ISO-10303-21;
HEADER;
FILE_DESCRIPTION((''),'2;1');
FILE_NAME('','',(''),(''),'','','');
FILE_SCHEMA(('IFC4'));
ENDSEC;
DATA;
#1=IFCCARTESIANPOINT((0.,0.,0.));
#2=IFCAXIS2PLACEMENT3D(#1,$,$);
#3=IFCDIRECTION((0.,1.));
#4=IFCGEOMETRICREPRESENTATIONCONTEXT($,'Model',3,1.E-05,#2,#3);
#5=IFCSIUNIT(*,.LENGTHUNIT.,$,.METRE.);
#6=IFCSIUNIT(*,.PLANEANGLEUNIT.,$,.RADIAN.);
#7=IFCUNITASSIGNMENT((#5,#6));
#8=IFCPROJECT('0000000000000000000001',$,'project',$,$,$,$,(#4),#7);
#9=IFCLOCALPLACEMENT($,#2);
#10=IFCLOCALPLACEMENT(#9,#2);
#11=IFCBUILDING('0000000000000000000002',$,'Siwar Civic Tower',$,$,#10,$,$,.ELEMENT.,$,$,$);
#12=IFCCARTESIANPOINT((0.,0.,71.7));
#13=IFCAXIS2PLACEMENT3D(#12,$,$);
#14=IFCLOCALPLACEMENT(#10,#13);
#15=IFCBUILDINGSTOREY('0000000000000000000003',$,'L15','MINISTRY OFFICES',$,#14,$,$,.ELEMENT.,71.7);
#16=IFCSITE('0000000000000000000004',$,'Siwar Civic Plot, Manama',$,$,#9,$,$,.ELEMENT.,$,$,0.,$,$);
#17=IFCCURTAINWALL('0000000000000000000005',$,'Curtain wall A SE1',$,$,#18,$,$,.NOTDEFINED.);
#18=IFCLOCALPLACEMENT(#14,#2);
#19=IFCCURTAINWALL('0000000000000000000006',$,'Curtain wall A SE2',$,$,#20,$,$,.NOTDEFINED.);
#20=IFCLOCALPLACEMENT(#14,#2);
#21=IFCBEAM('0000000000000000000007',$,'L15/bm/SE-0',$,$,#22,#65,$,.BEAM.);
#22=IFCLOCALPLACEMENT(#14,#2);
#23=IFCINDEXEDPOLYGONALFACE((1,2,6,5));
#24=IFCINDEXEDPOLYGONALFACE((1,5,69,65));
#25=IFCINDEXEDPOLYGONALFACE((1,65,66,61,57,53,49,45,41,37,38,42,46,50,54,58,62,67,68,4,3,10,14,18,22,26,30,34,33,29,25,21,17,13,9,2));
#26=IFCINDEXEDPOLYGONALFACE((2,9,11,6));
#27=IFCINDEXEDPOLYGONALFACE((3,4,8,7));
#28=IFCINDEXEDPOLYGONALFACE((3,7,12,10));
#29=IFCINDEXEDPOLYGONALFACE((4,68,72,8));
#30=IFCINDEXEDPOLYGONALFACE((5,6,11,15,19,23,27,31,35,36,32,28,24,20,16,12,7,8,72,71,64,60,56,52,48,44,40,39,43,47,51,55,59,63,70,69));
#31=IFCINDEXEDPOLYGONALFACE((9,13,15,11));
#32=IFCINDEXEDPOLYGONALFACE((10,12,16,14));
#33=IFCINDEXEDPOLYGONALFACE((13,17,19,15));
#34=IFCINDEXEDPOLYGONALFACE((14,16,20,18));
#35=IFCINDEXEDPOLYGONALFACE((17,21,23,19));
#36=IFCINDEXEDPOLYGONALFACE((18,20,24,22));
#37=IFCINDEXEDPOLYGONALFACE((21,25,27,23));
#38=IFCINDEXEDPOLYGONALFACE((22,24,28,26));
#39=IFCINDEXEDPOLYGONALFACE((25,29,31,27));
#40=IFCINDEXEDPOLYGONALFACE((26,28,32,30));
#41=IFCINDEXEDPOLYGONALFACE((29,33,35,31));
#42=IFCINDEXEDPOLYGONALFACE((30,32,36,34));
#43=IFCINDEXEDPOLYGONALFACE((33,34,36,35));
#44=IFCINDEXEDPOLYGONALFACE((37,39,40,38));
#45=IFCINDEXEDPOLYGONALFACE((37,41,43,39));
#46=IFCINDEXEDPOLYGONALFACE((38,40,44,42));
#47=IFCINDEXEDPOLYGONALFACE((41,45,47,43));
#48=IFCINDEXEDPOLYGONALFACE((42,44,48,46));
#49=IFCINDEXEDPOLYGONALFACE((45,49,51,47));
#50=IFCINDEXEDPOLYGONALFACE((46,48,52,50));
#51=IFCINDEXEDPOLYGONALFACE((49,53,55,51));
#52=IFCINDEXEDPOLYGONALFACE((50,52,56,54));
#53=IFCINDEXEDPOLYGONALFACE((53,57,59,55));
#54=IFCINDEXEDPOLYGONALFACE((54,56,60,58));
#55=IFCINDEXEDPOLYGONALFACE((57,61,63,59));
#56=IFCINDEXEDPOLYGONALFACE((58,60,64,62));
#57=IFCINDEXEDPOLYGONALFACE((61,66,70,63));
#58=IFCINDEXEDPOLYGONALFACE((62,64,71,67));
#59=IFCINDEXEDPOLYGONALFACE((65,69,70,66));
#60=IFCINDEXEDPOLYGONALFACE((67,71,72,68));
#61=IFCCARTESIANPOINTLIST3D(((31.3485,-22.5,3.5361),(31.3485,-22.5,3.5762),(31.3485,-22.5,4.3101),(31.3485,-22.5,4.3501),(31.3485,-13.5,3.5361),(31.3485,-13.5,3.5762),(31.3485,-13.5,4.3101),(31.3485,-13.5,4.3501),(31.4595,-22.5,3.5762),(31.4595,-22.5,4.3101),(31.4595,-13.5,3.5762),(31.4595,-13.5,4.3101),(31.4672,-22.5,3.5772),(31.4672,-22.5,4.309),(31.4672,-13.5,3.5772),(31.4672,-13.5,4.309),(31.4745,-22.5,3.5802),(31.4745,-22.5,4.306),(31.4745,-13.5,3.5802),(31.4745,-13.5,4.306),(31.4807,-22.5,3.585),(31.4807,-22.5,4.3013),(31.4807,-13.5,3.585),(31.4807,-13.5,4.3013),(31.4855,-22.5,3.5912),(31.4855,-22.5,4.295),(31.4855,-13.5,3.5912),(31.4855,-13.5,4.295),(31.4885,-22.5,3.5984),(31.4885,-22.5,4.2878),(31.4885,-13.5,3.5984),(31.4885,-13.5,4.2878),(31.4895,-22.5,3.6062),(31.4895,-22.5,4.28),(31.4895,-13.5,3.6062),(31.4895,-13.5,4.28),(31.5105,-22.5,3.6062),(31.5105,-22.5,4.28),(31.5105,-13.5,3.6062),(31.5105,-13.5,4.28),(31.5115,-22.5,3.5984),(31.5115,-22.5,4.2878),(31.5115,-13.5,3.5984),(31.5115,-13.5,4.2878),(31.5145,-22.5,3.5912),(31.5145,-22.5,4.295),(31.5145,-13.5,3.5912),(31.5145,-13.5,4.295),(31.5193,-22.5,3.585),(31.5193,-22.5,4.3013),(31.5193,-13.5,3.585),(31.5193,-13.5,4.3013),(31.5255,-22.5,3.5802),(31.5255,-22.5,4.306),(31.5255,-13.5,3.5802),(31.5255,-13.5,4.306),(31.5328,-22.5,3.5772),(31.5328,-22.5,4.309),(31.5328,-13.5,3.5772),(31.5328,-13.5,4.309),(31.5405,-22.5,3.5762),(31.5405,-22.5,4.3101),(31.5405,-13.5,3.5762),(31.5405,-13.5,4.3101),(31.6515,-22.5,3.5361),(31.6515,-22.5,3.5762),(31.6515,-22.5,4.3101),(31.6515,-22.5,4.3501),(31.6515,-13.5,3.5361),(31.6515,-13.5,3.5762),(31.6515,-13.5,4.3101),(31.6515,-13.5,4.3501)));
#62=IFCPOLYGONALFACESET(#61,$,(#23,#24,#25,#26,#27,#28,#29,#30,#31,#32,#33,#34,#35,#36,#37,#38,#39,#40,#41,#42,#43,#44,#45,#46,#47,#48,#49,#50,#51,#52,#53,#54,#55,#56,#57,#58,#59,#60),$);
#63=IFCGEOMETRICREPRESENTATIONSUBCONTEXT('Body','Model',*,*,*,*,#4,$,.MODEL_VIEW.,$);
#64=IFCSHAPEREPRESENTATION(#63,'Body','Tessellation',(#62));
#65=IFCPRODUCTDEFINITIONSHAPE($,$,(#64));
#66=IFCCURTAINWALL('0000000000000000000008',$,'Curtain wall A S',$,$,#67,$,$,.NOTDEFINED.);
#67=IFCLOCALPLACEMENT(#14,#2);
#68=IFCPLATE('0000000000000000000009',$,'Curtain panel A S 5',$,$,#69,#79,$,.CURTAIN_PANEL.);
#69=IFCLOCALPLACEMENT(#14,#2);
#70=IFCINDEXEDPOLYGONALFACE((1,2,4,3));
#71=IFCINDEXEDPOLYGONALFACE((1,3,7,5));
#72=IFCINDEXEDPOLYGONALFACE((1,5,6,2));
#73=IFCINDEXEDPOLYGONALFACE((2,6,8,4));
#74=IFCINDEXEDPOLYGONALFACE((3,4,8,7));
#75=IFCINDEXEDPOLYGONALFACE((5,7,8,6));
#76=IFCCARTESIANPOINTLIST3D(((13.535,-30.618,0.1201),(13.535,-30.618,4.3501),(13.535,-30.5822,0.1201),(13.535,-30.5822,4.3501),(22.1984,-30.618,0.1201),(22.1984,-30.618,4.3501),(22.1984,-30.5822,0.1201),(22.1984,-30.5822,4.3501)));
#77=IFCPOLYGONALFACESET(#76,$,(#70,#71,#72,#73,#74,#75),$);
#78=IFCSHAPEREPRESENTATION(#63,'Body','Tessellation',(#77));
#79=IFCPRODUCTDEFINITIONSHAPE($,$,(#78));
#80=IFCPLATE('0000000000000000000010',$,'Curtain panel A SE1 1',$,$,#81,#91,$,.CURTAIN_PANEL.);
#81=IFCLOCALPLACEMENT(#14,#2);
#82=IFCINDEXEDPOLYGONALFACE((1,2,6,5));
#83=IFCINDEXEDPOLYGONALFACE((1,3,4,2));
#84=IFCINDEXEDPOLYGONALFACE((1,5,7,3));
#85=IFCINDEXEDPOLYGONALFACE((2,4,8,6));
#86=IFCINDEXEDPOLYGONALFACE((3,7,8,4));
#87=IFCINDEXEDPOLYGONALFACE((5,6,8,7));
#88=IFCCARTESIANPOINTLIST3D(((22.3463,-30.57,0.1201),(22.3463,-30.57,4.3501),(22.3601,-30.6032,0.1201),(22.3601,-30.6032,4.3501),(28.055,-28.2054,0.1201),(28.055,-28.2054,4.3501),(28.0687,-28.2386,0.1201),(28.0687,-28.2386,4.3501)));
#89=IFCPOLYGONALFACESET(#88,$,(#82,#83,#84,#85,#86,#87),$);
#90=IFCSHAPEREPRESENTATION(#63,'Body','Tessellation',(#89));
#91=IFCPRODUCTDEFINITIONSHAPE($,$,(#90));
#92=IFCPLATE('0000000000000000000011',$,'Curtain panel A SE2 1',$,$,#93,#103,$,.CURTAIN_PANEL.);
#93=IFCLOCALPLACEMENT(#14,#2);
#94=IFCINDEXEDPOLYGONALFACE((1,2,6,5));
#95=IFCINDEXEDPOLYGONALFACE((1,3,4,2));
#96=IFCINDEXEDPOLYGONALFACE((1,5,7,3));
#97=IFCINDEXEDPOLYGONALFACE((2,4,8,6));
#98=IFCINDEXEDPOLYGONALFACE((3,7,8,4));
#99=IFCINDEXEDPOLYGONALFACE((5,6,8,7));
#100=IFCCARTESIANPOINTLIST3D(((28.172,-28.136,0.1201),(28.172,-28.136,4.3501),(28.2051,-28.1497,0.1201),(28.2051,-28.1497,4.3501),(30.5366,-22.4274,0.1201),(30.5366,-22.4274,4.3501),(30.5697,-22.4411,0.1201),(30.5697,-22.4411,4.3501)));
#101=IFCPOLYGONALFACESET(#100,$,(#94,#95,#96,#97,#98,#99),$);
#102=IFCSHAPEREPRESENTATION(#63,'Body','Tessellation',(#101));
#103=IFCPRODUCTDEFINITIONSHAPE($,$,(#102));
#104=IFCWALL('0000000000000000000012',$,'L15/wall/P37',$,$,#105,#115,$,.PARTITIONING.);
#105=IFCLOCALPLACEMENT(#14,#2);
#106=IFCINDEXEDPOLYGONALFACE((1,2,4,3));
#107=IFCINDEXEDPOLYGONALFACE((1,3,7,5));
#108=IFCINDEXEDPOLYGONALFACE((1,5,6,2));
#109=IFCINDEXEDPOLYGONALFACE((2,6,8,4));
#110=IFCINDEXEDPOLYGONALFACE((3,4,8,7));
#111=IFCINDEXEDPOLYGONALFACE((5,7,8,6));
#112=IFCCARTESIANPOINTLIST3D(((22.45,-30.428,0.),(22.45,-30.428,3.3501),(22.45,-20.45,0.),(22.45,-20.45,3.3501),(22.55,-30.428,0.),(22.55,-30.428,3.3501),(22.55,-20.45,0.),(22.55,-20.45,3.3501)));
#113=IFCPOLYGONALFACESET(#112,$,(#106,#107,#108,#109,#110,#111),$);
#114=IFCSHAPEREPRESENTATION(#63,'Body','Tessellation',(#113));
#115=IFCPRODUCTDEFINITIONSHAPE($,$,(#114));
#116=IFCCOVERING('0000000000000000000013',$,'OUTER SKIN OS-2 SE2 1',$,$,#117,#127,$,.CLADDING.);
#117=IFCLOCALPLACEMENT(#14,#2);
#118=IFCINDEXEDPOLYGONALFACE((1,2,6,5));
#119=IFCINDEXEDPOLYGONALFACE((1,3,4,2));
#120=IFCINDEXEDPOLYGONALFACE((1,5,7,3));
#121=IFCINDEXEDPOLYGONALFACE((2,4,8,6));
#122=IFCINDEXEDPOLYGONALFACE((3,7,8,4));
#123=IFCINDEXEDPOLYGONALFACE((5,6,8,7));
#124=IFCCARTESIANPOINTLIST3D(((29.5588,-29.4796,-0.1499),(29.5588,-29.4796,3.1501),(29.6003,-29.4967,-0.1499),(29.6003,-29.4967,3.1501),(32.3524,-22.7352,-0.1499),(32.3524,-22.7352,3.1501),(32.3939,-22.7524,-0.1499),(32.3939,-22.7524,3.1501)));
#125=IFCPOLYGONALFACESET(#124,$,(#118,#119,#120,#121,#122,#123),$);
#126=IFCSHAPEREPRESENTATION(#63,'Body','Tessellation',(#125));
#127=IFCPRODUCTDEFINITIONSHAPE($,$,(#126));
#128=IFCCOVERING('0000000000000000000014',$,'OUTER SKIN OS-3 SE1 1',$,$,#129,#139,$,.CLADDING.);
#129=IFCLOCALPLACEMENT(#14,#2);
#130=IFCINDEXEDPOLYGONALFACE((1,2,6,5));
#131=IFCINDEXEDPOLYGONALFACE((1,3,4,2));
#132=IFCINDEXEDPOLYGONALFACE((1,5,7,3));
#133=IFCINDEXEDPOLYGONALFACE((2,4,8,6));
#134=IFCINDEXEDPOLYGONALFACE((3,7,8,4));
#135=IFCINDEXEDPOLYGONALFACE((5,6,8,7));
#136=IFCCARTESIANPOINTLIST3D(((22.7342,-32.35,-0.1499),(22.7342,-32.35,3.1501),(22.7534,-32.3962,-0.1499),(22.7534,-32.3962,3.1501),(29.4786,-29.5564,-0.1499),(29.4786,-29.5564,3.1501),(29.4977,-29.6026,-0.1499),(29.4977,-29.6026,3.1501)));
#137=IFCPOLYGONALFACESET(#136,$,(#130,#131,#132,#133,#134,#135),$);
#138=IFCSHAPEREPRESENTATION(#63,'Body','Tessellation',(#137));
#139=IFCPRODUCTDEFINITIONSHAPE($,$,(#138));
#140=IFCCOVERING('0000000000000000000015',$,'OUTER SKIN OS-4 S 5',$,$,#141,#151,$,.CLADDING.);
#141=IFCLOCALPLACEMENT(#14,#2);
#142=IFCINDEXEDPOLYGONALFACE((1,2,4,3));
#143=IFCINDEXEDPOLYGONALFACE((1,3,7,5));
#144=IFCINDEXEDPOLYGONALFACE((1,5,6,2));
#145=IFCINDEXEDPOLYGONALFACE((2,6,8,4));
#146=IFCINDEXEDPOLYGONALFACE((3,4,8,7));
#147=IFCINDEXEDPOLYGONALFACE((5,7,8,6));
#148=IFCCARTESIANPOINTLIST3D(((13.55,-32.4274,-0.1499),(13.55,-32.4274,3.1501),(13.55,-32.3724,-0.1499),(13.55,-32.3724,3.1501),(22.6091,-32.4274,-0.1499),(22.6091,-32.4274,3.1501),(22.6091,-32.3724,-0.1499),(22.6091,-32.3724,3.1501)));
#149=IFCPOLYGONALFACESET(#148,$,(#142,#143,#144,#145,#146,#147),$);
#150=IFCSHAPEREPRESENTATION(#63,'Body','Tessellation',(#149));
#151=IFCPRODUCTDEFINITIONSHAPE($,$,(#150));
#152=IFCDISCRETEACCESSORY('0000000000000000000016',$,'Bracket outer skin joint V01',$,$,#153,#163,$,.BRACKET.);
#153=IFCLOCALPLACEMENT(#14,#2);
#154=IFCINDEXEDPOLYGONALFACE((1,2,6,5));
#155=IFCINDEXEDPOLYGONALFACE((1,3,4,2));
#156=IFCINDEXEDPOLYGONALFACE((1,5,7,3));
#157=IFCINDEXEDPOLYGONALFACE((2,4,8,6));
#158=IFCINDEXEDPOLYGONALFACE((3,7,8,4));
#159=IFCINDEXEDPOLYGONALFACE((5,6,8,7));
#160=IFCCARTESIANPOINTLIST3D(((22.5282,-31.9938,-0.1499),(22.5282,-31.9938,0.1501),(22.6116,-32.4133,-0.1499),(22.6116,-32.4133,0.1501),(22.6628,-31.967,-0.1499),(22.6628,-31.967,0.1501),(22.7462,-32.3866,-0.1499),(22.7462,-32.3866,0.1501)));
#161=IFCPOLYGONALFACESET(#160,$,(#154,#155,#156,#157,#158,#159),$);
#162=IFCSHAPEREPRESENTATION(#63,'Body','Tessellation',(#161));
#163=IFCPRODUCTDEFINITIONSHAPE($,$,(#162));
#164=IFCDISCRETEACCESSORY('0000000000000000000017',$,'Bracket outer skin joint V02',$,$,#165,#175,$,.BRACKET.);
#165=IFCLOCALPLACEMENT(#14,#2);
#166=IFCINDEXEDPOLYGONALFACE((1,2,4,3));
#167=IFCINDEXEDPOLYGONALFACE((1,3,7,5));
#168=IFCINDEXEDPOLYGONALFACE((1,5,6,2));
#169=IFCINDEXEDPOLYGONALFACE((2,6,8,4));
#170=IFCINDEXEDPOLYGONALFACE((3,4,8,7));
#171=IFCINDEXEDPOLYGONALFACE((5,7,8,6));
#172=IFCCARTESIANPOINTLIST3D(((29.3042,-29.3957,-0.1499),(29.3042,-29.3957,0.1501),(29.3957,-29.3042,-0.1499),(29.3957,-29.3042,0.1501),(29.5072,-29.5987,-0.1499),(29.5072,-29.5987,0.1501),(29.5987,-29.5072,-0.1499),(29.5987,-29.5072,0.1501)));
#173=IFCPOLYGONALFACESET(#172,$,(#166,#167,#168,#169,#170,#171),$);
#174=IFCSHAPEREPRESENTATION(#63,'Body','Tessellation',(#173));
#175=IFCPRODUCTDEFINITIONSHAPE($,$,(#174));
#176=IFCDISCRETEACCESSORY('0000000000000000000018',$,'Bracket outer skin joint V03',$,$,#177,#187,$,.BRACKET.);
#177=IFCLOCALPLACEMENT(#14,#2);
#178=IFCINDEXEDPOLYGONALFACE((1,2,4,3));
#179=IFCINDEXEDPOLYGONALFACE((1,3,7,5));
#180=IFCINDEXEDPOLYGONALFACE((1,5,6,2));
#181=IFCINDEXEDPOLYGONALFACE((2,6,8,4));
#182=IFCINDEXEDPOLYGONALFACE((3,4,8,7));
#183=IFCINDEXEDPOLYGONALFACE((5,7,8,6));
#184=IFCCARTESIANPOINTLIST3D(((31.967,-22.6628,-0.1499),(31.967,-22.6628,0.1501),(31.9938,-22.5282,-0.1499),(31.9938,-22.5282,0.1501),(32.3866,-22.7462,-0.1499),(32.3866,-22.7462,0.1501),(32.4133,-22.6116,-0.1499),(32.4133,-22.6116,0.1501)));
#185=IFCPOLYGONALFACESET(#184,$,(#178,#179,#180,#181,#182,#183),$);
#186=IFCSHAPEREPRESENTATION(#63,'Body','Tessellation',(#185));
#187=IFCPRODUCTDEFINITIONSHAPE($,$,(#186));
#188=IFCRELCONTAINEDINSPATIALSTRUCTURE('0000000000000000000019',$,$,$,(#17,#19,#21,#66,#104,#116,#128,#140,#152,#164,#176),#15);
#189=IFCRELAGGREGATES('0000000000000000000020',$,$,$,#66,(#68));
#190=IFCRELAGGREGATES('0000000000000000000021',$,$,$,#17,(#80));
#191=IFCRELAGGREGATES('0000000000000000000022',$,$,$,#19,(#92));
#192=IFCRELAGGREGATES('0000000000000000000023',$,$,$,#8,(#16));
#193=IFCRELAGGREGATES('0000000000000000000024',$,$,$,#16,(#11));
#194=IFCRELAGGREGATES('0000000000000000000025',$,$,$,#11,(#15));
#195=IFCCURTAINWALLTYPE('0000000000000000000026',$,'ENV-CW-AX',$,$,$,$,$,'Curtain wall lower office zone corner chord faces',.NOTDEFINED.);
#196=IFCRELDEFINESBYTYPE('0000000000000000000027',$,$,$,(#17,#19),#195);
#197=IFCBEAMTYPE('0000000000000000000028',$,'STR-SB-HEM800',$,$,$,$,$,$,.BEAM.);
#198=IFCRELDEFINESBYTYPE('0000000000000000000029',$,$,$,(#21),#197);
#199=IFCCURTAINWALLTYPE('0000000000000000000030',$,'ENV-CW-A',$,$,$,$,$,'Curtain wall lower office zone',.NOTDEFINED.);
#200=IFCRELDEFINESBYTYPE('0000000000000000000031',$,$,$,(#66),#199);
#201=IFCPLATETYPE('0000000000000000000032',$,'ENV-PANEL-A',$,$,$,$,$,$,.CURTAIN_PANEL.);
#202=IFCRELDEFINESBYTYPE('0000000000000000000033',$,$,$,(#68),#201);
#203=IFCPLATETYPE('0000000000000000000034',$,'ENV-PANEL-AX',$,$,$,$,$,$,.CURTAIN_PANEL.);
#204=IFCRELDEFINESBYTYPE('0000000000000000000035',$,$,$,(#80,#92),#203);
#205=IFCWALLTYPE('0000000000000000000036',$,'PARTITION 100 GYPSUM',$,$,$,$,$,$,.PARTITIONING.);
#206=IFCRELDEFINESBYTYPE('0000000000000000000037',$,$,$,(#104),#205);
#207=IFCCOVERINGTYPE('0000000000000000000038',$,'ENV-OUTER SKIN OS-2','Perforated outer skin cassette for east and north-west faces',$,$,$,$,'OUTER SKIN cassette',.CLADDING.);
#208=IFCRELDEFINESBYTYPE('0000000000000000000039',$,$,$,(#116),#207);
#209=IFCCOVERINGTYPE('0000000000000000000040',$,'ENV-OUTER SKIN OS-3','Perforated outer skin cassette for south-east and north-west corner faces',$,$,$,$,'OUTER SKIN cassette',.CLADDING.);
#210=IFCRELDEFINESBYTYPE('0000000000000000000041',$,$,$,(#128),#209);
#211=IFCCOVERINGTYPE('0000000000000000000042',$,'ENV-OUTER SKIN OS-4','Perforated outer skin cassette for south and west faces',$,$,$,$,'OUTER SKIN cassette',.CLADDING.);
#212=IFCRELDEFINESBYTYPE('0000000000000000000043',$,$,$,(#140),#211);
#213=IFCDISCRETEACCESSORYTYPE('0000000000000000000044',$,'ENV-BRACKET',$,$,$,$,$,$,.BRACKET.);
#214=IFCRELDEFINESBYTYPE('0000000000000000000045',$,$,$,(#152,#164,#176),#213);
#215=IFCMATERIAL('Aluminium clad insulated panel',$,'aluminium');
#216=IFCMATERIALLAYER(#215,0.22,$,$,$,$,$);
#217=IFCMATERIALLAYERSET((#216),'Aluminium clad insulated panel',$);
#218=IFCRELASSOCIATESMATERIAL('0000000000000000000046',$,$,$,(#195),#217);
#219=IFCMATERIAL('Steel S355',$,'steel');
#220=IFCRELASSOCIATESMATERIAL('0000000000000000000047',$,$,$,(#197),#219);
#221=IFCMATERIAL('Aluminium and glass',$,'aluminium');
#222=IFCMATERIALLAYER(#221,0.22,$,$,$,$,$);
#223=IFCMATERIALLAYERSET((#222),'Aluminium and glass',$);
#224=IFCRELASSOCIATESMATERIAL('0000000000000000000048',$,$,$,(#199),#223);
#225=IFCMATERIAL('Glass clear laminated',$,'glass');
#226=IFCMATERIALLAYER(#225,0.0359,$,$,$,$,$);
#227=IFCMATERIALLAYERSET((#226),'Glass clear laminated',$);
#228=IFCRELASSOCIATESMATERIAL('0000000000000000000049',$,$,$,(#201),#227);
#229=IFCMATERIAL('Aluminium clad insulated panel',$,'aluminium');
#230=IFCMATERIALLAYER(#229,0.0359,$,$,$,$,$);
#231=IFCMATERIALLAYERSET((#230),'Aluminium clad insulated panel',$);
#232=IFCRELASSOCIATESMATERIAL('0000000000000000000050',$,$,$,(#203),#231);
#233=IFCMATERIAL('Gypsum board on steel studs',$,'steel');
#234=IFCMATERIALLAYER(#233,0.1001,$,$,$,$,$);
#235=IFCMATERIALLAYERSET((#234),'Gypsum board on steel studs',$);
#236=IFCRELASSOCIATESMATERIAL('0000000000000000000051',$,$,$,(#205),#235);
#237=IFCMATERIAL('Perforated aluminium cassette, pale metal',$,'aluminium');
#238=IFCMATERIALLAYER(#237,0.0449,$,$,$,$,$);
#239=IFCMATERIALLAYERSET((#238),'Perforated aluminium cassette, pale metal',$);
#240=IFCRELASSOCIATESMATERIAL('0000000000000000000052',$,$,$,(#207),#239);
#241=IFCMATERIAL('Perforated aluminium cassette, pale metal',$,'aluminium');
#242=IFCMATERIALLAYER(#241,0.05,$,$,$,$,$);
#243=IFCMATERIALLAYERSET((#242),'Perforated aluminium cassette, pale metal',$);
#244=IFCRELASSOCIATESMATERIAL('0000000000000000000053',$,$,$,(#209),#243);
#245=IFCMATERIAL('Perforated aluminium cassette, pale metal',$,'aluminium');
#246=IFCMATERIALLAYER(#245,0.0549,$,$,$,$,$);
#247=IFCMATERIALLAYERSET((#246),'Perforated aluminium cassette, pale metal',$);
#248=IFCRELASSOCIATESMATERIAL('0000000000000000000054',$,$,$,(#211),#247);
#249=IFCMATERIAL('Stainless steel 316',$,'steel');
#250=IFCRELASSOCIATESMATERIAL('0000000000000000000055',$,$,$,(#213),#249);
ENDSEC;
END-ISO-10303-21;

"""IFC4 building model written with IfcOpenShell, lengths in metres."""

from ifc_helpers import new_model, si_unit, direction, frame, frame_2d, origin, origin_2d, place, context, subcontext, project, spatial, rectangle, i_section, extrude, material, layer, layer_set, material_profile, profile_set, type_object, element, aggregate, save


model = new_model("IFC4")

# Units and contexts
model_context = context("Model", 3, precision=1e-05, world=origin(), true_north=direction((0.0, 1.0)))
body_context = subcontext(model_context, "Body", "Model", "MODEL_VIEW")
ifc_project = project(units=[si_unit("LENGTHUNIT", "METRE"), si_unit("PLANEANGLEUNIT", "RADIAN")], contexts=[model_context])

# Site, building, storey
site_placement = place(None, origin())
site = spatial("IfcSite", under=ifc_project, at=site_placement, Name="Siwar Civic Plot, Manama", CompositionType="ELEMENT", RefElevation=0.0)
building_placement = place(site_placement, origin())
building = spatial("IfcBuilding", under=site, at=building_placement, Name="Siwar Civic Tower", CompositionType="ELEMENT")
storey_placement = place(building_placement, frame((0.0, 0.0, 71.7)))
storey = spatial("IfcBuildingStorey", under=building, at=storey_placement, Name="L15", Description="MINISTRY OFFICES", CompositionType="ELEMENT", Elevation=71.7)

# Curtain walls
ifc_material_1 = material(Name="Aluminium clad insulated panel", Category="aluminium")
ifc_layer_1 = layer(ifc_material_1, 0.22)
ifc_layer_set_1 = layer_set([ifc_layer_1], Name="Aluminium clad insulated panel")
curtain_wall_type_1 = type_object("IfcCurtainWallType", Name="ENV-CW-AX", ElementType="Curtain wall lower office zone corner chord faces", PredefinedType="NOTDEFINED", material=ifc_layer_set_1)
curtain_wall_1_placement = place(storey_placement, origin())
curtain_wall_1 = element("IfcCurtainWall", 1, at=curtain_wall_1_placement, inside=storey, type_object=curtain_wall_type_1, Name="Curtain wall A SE1", PredefinedType="NOTDEFINED")
curtain_wall_2_placement = place(storey_placement, origin())
curtain_wall_2 = element("IfcCurtainWall", 2, at=curtain_wall_2_placement, inside=storey, type_object=curtain_wall_type_1, Name="Curtain wall A SE2", PredefinedType="NOTDEFINED")

# Beam
ifc_material_2 = material(Name="Steel S355", Category="steel")
ifc_material_profile_1 = material_profile(ifc_material_2, i_section(OverallWidth=0.303, OverallDepth=0.814, WebThickness=0.021, FlangeThickness=0.04, FilletRadius=0.03, at=origin_2d()), Name="HEM800")
ifc_profile_set_1 = profile_set([ifc_material_profile_1], Name="Steel S355")
beam_type_1 = type_object("IfcBeamType", Name="STR-SB-HEM800", PredefinedType="BEAM", material=ifc_profile_set_1)
beam_1_placement = place(storey_placement, frame((31.5, -22.5, 3.9431), z_axis=(0.0, 1.0, 0.0), x_axis=(-1.0, 0.0, 0.0)))
element("IfcBeam", 3, at=beam_1_placement, inside=storey, type_object=beam_type_1, Name="L15/bm/SE-0", PredefinedType="BEAM", context=body_context, shape_type="SweptSolid", body=[
    extrude(i_section(OverallWidth=0.303, OverallDepth=0.814, WebThickness=0.021, FlangeThickness=0.04, FilletRadius=0.03, at=origin_2d()), origin(), (0.0, 0.0, 1.0), 9.0),
])

# Curtain wall, plate
ifc_material_3 = material(Name="Aluminium and glass", Category="aluminium")
ifc_layer_2 = layer(ifc_material_3, 0.22)
ifc_layer_set_2 = layer_set([ifc_layer_2], Name="Aluminium and glass")
curtain_wall_type_2 = type_object("IfcCurtainWallType", Name="ENV-CW-A", ElementType="Curtain wall lower office zone", PredefinedType="NOTDEFINED", material=ifc_layer_set_2)
curtain_wall_3_placement = place(storey_placement, origin())
curtain_wall_3 = element("IfcCurtainWall", 4, at=curtain_wall_3_placement, inside=storey, type_object=curtain_wall_type_2, Name="Curtain wall A S", PredefinedType="NOTDEFINED")
ifc_material_4 = material(Name="Glass clear laminated", Category="glass")
ifc_layer_3 = layer(ifc_material_4, 0.0359)
ifc_layer_set_3 = layer_set([ifc_layer_3], Name="Glass clear laminated")
plate_type_1 = type_object("IfcPlateType", Name="ENV-PANEL-A", PredefinedType="CURTAIN_PANEL", material=ifc_layer_set_3)
plate_1_placement = place(storey_placement, frame((17.8667, -30.6001, 0.1201), z_axis=(0.0, 0.0, 1.0), x_axis=(1.0, 0.0, 0.0)))
plate_1 = element("IfcPlate", 5, at=plate_1_placement, type_object=plate_type_1, Name="Curtain panel A S 5", PredefinedType="CURTAIN_PANEL", context=body_context, shape_type="SweptSolid", body=[
    extrude(rectangle(XDim=8.6633, YDim=0.0359, at=origin_2d()), origin(), (0.0, 0.0, 1.0), 4.23),
])
aggregate(curtain_wall_3, [plate_1])

# Plates
ifc_material_5 = material(Name="Aluminium clad insulated panel", Category="aluminium")
ifc_layer_4 = layer(ifc_material_5, 0.0359)
ifc_layer_set_4 = layer_set([ifc_layer_4], Name="Aluminium clad insulated panel")
plate_type_2 = type_object("IfcPlateType", Name="ENV-PANEL-AX", PredefinedType="CURTAIN_PANEL", material=ifc_layer_set_4)
plate_2_placement = place(storey_placement, frame((25.2075, -29.4043, 0.1201), z_axis=(0.0, 0.0, 1.0), x_axis=(0.92388, 0.382683, 0.0)))
plate_2 = element("IfcPlate", 6, at=plate_2_placement, type_object=plate_type_2, Name="Curtain panel A SE1 1", PredefinedType="CURTAIN_PANEL", context=body_context, shape_type="SweptSolid", body=[
    extrude(rectangle(XDim=6.179, YDim=0.0359, at=origin_2d()), origin(), (0.0, 0.0, 1.0), 4.23),
])
aggregate(curtain_wall_1, [plate_2])
plate_3_placement = place(storey_placement, frame((29.3708, -25.2886, 0.1201), z_axis=(0.0, 0.0, 1.0), x_axis=(0.382683, 0.92388, 0.0)))
plate_3 = element("IfcPlate", 7, at=plate_3_placement, type_object=plate_type_2, Name="Curtain panel A SE2 1", PredefinedType="CURTAIN_PANEL", context=body_context, shape_type="SweptSolid", body=[
    extrude(rectangle(XDim=6.179, YDim=0.0359, at=origin_2d()), origin(), (0.0, 0.0, 1.0), 4.23),
])
aggregate(curtain_wall_2, [plate_3])

# Wall
ifc_material_6 = material(Name="Gypsum board on steel studs", Category="steel")
ifc_layer_5 = layer(ifc_material_6, 0.1001)
ifc_layer_set_5 = layer_set([ifc_layer_5], Name="Gypsum board on steel studs")
wall_type = type_object("IfcWallType", Name="PARTITION 100 GYPSUM", PredefinedType="PARTITIONING", material=ifc_layer_set_5)
wall_placement = place(storey_placement, frame((22.5, -30.428, 0.0), z_axis=(0.0, 0.0, 1.0), x_axis=(0.0, 1.0, 0.0)))
element("IfcWall", 8, at=wall_placement, inside=storey, type_object=wall_type, Name="L15/wall/P37", PredefinedType="PARTITIONING", context=body_context, shape_type="SweptSolid", body=[
    extrude(rectangle(XDim=9.978, YDim=0.1001, at=frame_2d((4.989, 0.0))), origin(), (0.0, 0.0, 1.0), 3.3501),
])

# Coverings
ifc_material_7 = material(Name="Perforated aluminium cassette, pale metal", Category="aluminium")
ifc_layer_6 = layer(ifc_material_7, 0.0449)
ifc_layer_set_6 = layer_set([ifc_layer_6], Name="Perforated aluminium cassette, pale metal")
covering_type_1 = type_object("IfcCoveringType", Name="ENV-OUTER SKIN OS-2", Description="Perforated outer skin cassette for east and north-west faces", ElementType="OUTER SKIN cassette", PredefinedType="CLADDING", material=ifc_layer_set_6)
covering_1_placement = place(storey_placement, frame((30.9763, -26.116, -0.1499), z_axis=(0.0, 0.0, 1.0), x_axis=(0.382683, 0.92388, 0.0)))
element("IfcCovering", 9, at=covering_1_placement, inside=storey, type_object=covering_type_1, Name="OUTER SKIN OS-2 SE2 1", PredefinedType="CLADDING", context=body_context, shape_type="SweptSolid", body=[
    extrude(rectangle(XDim=7.3, YDim=0.0449, at=origin_2d()), origin(), (0.0, 0.0, 1.0), 3.3),
])
ifc_material_8 = material(Name="Perforated aluminium cassette, pale metal", Category="aluminium")
ifc_layer_7 = layer(ifc_material_8, 0.05)
ifc_layer_set_7 = layer_set([ifc_layer_7], Name="Perforated aluminium cassette, pale metal")
covering_type_2 = type_object("IfcCoveringType", Name="ENV-OUTER SKIN OS-3", Description="Perforated outer skin cassette for south-east and north-west corner faces", ElementType="OUTER SKIN cassette", PredefinedType="CLADDING", material=ifc_layer_set_7)
covering_2_placement = place(storey_placement, frame((26.116, -30.9763, -0.1499), z_axis=(0.0, 0.0, 1.0), x_axis=(0.92388, 0.382683, 0.0)))
element("IfcCovering", 10, at=covering_2_placement, inside=storey, type_object=covering_type_2, Name="OUTER SKIN OS-3 SE1 1", PredefinedType="CLADDING", context=body_context, shape_type="SweptSolid", body=[
    extrude(rectangle(XDim=7.3, YDim=0.05, at=origin_2d()), origin(), (0.0, 0.0, 1.0), 3.3),
])
ifc_material_9 = material(Name="Perforated aluminium cassette, pale metal", Category="aluminium")
ifc_layer_8 = layer(ifc_material_9, 0.0549)
ifc_layer_set_8 = layer_set([ifc_layer_8], Name="Perforated aluminium cassette, pale metal")
covering_type_3 = type_object("IfcCoveringType", Name="ENV-OUTER SKIN OS-4", Description="Perforated outer skin cassette for south and west faces", ElementType="OUTER SKIN cassette", PredefinedType="CLADDING", material=ifc_layer_set_8)
covering_3_placement = place(storey_placement, frame((18.0796, -32.3999, -0.1499), z_axis=(0.0, 0.0, 1.0), x_axis=(1.0, 0.0, 0.0)))
element("IfcCovering", 11, at=covering_3_placement, inside=storey, type_object=covering_type_3, Name="OUTER SKIN OS-4 S 5", PredefinedType="CLADDING", context=body_context, shape_type="SweptSolid", body=[
    extrude(rectangle(XDim=9.0591, YDim=0.0549, at=origin_2d()), origin(), (0.0, 0.0, 1.0), 3.3),
])

# Discrete accessories
ifc_material_10 = material(Name="Stainless steel 316", Category="steel")
discrete_accessory_type = type_object("IfcDiscreteAccessoryType", Name="ENV-BRACKET", PredefinedType="BRACKET", material=ifc_material_10)
discrete_accessory_1_placement = place(storey_placement, frame((22.6372, -32.1902, -0.1499), z_axis=(0.0, 0.0, 1.0), x_axis=(0.19509, -0.980785, 0.0)))
element("IfcDiscreteAccessory", 12, at=discrete_accessory_1_placement, inside=storey, type_object=discrete_accessory_type, Name="Bracket outer skin joint V01", PredefinedType="BRACKET", context=body_context, shape_type="SweptSolid", body=[
    extrude(rectangle(XDim=0.4277, YDim=0.1372, at=origin_2d()), origin(), (0.0, 0.0, 1.0), 0.3),
])
discrete_accessory_2_placement = place(storey_placement, frame((29.4514, -29.4514, -0.1499), z_axis=(0.0, 0.0, 1.0), x_axis=(0.707107, -0.707107, 0.0)))
element("IfcDiscreteAccessory", 13, at=discrete_accessory_2_placement, inside=storey, type_object=discrete_accessory_type, Name="Bracket outer skin joint V02", PredefinedType="BRACKET", context=body_context, shape_type="SweptSolid", body=[
    extrude(rectangle(XDim=0.2871, YDim=0.1294, at=origin_2d()), origin(), (0.0, 0.0, 1.0), 0.3),
])
discrete_accessory_3_placement = place(storey_placement, frame((32.1902, -22.6372, -0.1499), z_axis=(0.0, 0.0, 1.0), x_axis=(0.980785, -0.19509, 0.0)))
element("IfcDiscreteAccessory", 14, at=discrete_accessory_3_placement, inside=storey, type_object=discrete_accessory_type, Name="Bracket outer skin joint V03", PredefinedType="BRACKET", context=body_context, shape_type="SweptSolid", body=[
    extrude(rectangle(XDim=0.4277, YDim=0.1372, at=origin_2d()), origin(), (0.0, 0.0, 1.0), 0.3),
])

save(model, "model.ifc")
